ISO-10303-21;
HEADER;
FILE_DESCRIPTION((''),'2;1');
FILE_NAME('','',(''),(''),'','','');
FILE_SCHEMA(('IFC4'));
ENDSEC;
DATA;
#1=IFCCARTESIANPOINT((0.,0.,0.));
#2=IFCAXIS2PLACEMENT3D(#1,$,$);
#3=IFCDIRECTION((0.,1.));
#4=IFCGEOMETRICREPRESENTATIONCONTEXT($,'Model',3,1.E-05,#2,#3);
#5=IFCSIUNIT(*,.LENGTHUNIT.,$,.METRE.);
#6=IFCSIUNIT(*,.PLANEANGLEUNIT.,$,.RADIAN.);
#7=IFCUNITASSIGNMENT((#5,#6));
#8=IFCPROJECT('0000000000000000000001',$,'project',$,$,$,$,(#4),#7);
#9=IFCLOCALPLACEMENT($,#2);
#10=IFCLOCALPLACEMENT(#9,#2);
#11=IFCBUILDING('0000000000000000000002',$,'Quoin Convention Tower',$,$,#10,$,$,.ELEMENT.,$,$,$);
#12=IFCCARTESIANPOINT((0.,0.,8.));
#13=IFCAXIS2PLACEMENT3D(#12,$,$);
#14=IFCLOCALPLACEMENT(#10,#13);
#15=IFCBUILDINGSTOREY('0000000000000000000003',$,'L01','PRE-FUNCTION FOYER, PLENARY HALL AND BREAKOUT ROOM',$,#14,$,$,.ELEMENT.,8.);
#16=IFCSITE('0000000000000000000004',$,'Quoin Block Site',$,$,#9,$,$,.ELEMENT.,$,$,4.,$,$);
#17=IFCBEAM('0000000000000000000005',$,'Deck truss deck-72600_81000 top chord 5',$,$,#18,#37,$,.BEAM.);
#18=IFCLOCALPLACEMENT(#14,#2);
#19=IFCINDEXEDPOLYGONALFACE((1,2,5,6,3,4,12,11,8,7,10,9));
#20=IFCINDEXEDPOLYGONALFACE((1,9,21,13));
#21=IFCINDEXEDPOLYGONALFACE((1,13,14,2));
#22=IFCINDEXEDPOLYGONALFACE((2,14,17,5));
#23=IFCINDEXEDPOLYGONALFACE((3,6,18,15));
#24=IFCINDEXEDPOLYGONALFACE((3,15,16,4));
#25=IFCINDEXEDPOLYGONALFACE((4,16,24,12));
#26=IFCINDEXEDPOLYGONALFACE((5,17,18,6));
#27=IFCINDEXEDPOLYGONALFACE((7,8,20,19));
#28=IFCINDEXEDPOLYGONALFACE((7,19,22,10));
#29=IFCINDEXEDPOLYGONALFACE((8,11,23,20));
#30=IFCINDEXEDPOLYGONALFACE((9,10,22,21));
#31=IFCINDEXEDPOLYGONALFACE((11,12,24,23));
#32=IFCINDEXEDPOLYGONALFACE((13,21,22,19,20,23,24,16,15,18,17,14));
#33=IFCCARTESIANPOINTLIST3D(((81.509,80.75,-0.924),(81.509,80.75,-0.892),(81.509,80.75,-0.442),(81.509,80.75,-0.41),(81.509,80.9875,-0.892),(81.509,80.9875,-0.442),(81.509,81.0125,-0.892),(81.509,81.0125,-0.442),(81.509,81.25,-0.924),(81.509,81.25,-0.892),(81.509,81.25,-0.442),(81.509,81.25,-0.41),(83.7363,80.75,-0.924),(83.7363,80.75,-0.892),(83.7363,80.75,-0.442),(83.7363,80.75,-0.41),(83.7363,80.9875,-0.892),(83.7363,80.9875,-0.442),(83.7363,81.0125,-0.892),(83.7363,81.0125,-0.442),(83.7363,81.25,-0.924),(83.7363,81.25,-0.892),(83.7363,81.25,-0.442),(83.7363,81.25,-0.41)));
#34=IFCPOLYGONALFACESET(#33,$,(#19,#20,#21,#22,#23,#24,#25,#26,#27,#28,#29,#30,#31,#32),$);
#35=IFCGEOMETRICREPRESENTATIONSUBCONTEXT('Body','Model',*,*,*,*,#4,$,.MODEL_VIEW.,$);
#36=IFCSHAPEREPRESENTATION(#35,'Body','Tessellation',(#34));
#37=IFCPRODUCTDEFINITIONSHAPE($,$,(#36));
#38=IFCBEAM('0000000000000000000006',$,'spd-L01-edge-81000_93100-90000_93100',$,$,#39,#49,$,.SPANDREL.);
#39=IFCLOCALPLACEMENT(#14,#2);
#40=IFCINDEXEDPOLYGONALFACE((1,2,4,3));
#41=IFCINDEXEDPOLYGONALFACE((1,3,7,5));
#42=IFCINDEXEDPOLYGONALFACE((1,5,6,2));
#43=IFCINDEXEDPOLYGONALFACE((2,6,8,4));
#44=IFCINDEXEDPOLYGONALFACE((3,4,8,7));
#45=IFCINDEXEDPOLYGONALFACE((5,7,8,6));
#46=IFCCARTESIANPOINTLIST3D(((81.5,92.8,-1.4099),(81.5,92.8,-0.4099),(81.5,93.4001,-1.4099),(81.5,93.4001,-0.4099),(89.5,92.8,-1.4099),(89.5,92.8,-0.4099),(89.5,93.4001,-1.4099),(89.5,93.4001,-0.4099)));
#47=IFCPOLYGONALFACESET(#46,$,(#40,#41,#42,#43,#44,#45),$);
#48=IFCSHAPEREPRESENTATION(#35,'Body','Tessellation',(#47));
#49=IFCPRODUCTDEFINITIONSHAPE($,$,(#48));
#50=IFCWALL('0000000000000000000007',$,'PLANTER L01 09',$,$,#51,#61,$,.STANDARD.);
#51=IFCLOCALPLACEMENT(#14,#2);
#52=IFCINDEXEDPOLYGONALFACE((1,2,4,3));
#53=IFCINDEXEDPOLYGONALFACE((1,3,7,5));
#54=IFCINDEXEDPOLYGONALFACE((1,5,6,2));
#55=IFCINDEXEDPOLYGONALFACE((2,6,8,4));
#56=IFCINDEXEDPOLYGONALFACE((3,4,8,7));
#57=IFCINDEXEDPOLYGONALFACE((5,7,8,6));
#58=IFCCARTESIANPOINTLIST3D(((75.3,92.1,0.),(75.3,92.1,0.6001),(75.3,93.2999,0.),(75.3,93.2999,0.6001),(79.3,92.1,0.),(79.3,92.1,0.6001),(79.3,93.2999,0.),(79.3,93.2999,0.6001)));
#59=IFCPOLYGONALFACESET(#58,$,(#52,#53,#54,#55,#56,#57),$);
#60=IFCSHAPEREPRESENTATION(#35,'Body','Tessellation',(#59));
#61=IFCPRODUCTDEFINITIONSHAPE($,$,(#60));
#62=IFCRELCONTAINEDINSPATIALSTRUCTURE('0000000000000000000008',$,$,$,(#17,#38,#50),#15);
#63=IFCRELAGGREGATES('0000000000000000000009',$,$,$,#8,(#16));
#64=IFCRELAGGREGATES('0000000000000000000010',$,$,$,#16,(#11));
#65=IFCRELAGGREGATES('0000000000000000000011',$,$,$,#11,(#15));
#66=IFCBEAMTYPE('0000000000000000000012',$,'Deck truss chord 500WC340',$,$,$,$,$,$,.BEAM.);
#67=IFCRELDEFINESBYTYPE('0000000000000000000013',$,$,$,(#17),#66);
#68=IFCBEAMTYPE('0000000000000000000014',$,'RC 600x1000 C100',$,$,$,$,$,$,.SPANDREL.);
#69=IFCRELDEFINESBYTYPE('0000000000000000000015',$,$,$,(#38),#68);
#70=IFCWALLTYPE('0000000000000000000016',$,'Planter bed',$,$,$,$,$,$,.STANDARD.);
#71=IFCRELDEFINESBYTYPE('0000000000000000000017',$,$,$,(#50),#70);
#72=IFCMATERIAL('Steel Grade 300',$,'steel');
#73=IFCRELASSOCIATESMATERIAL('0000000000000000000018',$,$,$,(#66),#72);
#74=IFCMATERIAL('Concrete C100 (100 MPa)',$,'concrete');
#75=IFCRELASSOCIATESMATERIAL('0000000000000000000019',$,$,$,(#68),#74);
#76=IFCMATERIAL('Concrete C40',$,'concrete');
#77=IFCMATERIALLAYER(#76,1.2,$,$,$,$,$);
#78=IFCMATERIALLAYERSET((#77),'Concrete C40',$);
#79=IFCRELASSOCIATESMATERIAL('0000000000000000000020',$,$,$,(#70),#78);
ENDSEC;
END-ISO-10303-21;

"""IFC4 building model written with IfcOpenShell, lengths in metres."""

from ifc_helpers import new_model, si_unit, direction, frame, frame_2d, origin, origin_2d, place, context, subcontext, project, spatial, rectangle, i_section, extrude, material, layer, layer_set, material_profile, profile_set, type_object, element, save


model = new_model("IFC4")

# Units and contexts
model_context = context("Model", 3, precision=1e-05, world=origin(), true_north=direction((0.0, 1.0)))
body_context = subcontext(model_context, "Body", "Model", "MODEL_VIEW")
ifc_project = project(units=[si_unit("LENGTHUNIT", "METRE"), si_unit("PLANEANGLEUNIT", "RADIAN")], contexts=[model_context])

# Site, building, storey
site_placement = place(None, origin())
site = spatial("IfcSite", under=ifc_project, at=site_placement, Name="Quoin Block Site", CompositionType="ELEMENT", RefElevation=4.0)
building_placement = place(site_placement, origin())
building = spatial("IfcBuilding", under=site, at=building_placement, Name="Quoin Convention Tower", CompositionType="ELEMENT")
storey_placement = place(building_placement, frame((0.0, 0.0, 8.0)))
storey = spatial("IfcBuildingStorey", under=building, at=storey_placement, Name="L01", Description="PRE-FUNCTION FOYER, PLENARY HALL AND BREAKOUT ROOM", CompositionType="ELEMENT", Elevation=8.0)

# Shared definitions
ifc_material_1 = material(Name="Steel Grade 300", Category="steel")

# Beams
ifc_material_profile_1 = material_profile(ifc_material_1, i_section(OverallWidth=0.5, OverallDepth=0.5139, WebThickness=0.0249, FlangeThickness=0.032, at=origin_2d()), Name="500WC340")
ifc_profile_set_1 = profile_set([ifc_material_profile_1], Name="Steel Grade 300")
beam_type_1 = type_object("IfcBeamType", Name="Deck truss chord 500WC340", PredefinedType="BEAM", material=ifc_profile_set_1)
for number, where, z_axis, x_axis, name in (
    (1, (81.509, 81.0, -0.667), (1.0, 0.0, 0.0), (0.0, 1.0, 0.0), "Deck truss deck-72600_81000 top chord 5"),
):
    element("IfcBeam", number, at=place(storey_placement, frame(where, z_axis=z_axis, x_axis=x_axis)), inside=storey, type_object=beam_type_1, Name=name, PredefinedType="BEAM", context=body_context, shape_type="SweptSolid", body=[
        extrude(i_section(OverallWidth=0.5, OverallDepth=0.5139, WebThickness=0.0249, FlangeThickness=0.032, at=origin_2d()), origin(), (0.0, 0.0, 1.0), 2.2273),
    ])
ifc_material_2 = material(Name="Concrete C100 (100 MPa)", Category="concrete")
ifc_material_profile_2 = material_profile(ifc_material_2, rectangle(XDim=0.6001, YDim=1.0, at=origin_2d()), Name="RC 600x1000")
ifc_profile_set_2 = profile_set([ifc_material_profile_2], Name="Concrete C100 (100 MPa)")
beam_type_2 = type_object("IfcBeamType", Name="RC 600x1000 C100", PredefinedType="SPANDREL", material=ifc_profile_set_2)
beam_1_placement = place(storey_placement, frame((81.5, 93.1001, -0.9099), z_axis=(1.0, 0.0, 0.0), x_axis=(0.0, 1.0, 0.0)))
element("IfcBeam", 2, at=beam_1_placement, inside=storey, type_object=beam_type_2, Name="spd-L01-edge-81000_93100-90000_93100", PredefinedType="SPANDREL", context=body_context, shape_type="SweptSolid", body=[
    extrude(rectangle(XDim=0.6001, YDim=1.0, at=origin_2d()), origin(), (0.0, 0.0, 1.0), 8.0),
])

# Wall
ifc_material_3 = material(Name="Concrete C40", Category="concrete")
ifc_layer = layer(ifc_material_3, 1.2)
ifc_layer_set = layer_set([ifc_layer], Name="Concrete C40")
wall_type = type_object("IfcWallType", Name="Planter bed", PredefinedType="STANDARD", material=ifc_layer_set)
wall_placement = place(storey_placement, frame((75.3, 92.7, 0.0), z_axis=(0.0, 0.0, 1.0), x_axis=(1.0, 0.0, 0.0)))
element("IfcWall", 3, at=wall_placement, inside=storey, type_object=wall_type, Name="PLANTER L01 09", PredefinedType="STANDARD", context=body_context, shape_type="SweptSolid", body=[
    extrude(rectangle(XDim=4.0, YDim=1.2, at=frame_2d((2.0, 0.0))), origin(), (0.0, 0.0, 1.0), 0.6001),
])

save(model, "model.ifc")
